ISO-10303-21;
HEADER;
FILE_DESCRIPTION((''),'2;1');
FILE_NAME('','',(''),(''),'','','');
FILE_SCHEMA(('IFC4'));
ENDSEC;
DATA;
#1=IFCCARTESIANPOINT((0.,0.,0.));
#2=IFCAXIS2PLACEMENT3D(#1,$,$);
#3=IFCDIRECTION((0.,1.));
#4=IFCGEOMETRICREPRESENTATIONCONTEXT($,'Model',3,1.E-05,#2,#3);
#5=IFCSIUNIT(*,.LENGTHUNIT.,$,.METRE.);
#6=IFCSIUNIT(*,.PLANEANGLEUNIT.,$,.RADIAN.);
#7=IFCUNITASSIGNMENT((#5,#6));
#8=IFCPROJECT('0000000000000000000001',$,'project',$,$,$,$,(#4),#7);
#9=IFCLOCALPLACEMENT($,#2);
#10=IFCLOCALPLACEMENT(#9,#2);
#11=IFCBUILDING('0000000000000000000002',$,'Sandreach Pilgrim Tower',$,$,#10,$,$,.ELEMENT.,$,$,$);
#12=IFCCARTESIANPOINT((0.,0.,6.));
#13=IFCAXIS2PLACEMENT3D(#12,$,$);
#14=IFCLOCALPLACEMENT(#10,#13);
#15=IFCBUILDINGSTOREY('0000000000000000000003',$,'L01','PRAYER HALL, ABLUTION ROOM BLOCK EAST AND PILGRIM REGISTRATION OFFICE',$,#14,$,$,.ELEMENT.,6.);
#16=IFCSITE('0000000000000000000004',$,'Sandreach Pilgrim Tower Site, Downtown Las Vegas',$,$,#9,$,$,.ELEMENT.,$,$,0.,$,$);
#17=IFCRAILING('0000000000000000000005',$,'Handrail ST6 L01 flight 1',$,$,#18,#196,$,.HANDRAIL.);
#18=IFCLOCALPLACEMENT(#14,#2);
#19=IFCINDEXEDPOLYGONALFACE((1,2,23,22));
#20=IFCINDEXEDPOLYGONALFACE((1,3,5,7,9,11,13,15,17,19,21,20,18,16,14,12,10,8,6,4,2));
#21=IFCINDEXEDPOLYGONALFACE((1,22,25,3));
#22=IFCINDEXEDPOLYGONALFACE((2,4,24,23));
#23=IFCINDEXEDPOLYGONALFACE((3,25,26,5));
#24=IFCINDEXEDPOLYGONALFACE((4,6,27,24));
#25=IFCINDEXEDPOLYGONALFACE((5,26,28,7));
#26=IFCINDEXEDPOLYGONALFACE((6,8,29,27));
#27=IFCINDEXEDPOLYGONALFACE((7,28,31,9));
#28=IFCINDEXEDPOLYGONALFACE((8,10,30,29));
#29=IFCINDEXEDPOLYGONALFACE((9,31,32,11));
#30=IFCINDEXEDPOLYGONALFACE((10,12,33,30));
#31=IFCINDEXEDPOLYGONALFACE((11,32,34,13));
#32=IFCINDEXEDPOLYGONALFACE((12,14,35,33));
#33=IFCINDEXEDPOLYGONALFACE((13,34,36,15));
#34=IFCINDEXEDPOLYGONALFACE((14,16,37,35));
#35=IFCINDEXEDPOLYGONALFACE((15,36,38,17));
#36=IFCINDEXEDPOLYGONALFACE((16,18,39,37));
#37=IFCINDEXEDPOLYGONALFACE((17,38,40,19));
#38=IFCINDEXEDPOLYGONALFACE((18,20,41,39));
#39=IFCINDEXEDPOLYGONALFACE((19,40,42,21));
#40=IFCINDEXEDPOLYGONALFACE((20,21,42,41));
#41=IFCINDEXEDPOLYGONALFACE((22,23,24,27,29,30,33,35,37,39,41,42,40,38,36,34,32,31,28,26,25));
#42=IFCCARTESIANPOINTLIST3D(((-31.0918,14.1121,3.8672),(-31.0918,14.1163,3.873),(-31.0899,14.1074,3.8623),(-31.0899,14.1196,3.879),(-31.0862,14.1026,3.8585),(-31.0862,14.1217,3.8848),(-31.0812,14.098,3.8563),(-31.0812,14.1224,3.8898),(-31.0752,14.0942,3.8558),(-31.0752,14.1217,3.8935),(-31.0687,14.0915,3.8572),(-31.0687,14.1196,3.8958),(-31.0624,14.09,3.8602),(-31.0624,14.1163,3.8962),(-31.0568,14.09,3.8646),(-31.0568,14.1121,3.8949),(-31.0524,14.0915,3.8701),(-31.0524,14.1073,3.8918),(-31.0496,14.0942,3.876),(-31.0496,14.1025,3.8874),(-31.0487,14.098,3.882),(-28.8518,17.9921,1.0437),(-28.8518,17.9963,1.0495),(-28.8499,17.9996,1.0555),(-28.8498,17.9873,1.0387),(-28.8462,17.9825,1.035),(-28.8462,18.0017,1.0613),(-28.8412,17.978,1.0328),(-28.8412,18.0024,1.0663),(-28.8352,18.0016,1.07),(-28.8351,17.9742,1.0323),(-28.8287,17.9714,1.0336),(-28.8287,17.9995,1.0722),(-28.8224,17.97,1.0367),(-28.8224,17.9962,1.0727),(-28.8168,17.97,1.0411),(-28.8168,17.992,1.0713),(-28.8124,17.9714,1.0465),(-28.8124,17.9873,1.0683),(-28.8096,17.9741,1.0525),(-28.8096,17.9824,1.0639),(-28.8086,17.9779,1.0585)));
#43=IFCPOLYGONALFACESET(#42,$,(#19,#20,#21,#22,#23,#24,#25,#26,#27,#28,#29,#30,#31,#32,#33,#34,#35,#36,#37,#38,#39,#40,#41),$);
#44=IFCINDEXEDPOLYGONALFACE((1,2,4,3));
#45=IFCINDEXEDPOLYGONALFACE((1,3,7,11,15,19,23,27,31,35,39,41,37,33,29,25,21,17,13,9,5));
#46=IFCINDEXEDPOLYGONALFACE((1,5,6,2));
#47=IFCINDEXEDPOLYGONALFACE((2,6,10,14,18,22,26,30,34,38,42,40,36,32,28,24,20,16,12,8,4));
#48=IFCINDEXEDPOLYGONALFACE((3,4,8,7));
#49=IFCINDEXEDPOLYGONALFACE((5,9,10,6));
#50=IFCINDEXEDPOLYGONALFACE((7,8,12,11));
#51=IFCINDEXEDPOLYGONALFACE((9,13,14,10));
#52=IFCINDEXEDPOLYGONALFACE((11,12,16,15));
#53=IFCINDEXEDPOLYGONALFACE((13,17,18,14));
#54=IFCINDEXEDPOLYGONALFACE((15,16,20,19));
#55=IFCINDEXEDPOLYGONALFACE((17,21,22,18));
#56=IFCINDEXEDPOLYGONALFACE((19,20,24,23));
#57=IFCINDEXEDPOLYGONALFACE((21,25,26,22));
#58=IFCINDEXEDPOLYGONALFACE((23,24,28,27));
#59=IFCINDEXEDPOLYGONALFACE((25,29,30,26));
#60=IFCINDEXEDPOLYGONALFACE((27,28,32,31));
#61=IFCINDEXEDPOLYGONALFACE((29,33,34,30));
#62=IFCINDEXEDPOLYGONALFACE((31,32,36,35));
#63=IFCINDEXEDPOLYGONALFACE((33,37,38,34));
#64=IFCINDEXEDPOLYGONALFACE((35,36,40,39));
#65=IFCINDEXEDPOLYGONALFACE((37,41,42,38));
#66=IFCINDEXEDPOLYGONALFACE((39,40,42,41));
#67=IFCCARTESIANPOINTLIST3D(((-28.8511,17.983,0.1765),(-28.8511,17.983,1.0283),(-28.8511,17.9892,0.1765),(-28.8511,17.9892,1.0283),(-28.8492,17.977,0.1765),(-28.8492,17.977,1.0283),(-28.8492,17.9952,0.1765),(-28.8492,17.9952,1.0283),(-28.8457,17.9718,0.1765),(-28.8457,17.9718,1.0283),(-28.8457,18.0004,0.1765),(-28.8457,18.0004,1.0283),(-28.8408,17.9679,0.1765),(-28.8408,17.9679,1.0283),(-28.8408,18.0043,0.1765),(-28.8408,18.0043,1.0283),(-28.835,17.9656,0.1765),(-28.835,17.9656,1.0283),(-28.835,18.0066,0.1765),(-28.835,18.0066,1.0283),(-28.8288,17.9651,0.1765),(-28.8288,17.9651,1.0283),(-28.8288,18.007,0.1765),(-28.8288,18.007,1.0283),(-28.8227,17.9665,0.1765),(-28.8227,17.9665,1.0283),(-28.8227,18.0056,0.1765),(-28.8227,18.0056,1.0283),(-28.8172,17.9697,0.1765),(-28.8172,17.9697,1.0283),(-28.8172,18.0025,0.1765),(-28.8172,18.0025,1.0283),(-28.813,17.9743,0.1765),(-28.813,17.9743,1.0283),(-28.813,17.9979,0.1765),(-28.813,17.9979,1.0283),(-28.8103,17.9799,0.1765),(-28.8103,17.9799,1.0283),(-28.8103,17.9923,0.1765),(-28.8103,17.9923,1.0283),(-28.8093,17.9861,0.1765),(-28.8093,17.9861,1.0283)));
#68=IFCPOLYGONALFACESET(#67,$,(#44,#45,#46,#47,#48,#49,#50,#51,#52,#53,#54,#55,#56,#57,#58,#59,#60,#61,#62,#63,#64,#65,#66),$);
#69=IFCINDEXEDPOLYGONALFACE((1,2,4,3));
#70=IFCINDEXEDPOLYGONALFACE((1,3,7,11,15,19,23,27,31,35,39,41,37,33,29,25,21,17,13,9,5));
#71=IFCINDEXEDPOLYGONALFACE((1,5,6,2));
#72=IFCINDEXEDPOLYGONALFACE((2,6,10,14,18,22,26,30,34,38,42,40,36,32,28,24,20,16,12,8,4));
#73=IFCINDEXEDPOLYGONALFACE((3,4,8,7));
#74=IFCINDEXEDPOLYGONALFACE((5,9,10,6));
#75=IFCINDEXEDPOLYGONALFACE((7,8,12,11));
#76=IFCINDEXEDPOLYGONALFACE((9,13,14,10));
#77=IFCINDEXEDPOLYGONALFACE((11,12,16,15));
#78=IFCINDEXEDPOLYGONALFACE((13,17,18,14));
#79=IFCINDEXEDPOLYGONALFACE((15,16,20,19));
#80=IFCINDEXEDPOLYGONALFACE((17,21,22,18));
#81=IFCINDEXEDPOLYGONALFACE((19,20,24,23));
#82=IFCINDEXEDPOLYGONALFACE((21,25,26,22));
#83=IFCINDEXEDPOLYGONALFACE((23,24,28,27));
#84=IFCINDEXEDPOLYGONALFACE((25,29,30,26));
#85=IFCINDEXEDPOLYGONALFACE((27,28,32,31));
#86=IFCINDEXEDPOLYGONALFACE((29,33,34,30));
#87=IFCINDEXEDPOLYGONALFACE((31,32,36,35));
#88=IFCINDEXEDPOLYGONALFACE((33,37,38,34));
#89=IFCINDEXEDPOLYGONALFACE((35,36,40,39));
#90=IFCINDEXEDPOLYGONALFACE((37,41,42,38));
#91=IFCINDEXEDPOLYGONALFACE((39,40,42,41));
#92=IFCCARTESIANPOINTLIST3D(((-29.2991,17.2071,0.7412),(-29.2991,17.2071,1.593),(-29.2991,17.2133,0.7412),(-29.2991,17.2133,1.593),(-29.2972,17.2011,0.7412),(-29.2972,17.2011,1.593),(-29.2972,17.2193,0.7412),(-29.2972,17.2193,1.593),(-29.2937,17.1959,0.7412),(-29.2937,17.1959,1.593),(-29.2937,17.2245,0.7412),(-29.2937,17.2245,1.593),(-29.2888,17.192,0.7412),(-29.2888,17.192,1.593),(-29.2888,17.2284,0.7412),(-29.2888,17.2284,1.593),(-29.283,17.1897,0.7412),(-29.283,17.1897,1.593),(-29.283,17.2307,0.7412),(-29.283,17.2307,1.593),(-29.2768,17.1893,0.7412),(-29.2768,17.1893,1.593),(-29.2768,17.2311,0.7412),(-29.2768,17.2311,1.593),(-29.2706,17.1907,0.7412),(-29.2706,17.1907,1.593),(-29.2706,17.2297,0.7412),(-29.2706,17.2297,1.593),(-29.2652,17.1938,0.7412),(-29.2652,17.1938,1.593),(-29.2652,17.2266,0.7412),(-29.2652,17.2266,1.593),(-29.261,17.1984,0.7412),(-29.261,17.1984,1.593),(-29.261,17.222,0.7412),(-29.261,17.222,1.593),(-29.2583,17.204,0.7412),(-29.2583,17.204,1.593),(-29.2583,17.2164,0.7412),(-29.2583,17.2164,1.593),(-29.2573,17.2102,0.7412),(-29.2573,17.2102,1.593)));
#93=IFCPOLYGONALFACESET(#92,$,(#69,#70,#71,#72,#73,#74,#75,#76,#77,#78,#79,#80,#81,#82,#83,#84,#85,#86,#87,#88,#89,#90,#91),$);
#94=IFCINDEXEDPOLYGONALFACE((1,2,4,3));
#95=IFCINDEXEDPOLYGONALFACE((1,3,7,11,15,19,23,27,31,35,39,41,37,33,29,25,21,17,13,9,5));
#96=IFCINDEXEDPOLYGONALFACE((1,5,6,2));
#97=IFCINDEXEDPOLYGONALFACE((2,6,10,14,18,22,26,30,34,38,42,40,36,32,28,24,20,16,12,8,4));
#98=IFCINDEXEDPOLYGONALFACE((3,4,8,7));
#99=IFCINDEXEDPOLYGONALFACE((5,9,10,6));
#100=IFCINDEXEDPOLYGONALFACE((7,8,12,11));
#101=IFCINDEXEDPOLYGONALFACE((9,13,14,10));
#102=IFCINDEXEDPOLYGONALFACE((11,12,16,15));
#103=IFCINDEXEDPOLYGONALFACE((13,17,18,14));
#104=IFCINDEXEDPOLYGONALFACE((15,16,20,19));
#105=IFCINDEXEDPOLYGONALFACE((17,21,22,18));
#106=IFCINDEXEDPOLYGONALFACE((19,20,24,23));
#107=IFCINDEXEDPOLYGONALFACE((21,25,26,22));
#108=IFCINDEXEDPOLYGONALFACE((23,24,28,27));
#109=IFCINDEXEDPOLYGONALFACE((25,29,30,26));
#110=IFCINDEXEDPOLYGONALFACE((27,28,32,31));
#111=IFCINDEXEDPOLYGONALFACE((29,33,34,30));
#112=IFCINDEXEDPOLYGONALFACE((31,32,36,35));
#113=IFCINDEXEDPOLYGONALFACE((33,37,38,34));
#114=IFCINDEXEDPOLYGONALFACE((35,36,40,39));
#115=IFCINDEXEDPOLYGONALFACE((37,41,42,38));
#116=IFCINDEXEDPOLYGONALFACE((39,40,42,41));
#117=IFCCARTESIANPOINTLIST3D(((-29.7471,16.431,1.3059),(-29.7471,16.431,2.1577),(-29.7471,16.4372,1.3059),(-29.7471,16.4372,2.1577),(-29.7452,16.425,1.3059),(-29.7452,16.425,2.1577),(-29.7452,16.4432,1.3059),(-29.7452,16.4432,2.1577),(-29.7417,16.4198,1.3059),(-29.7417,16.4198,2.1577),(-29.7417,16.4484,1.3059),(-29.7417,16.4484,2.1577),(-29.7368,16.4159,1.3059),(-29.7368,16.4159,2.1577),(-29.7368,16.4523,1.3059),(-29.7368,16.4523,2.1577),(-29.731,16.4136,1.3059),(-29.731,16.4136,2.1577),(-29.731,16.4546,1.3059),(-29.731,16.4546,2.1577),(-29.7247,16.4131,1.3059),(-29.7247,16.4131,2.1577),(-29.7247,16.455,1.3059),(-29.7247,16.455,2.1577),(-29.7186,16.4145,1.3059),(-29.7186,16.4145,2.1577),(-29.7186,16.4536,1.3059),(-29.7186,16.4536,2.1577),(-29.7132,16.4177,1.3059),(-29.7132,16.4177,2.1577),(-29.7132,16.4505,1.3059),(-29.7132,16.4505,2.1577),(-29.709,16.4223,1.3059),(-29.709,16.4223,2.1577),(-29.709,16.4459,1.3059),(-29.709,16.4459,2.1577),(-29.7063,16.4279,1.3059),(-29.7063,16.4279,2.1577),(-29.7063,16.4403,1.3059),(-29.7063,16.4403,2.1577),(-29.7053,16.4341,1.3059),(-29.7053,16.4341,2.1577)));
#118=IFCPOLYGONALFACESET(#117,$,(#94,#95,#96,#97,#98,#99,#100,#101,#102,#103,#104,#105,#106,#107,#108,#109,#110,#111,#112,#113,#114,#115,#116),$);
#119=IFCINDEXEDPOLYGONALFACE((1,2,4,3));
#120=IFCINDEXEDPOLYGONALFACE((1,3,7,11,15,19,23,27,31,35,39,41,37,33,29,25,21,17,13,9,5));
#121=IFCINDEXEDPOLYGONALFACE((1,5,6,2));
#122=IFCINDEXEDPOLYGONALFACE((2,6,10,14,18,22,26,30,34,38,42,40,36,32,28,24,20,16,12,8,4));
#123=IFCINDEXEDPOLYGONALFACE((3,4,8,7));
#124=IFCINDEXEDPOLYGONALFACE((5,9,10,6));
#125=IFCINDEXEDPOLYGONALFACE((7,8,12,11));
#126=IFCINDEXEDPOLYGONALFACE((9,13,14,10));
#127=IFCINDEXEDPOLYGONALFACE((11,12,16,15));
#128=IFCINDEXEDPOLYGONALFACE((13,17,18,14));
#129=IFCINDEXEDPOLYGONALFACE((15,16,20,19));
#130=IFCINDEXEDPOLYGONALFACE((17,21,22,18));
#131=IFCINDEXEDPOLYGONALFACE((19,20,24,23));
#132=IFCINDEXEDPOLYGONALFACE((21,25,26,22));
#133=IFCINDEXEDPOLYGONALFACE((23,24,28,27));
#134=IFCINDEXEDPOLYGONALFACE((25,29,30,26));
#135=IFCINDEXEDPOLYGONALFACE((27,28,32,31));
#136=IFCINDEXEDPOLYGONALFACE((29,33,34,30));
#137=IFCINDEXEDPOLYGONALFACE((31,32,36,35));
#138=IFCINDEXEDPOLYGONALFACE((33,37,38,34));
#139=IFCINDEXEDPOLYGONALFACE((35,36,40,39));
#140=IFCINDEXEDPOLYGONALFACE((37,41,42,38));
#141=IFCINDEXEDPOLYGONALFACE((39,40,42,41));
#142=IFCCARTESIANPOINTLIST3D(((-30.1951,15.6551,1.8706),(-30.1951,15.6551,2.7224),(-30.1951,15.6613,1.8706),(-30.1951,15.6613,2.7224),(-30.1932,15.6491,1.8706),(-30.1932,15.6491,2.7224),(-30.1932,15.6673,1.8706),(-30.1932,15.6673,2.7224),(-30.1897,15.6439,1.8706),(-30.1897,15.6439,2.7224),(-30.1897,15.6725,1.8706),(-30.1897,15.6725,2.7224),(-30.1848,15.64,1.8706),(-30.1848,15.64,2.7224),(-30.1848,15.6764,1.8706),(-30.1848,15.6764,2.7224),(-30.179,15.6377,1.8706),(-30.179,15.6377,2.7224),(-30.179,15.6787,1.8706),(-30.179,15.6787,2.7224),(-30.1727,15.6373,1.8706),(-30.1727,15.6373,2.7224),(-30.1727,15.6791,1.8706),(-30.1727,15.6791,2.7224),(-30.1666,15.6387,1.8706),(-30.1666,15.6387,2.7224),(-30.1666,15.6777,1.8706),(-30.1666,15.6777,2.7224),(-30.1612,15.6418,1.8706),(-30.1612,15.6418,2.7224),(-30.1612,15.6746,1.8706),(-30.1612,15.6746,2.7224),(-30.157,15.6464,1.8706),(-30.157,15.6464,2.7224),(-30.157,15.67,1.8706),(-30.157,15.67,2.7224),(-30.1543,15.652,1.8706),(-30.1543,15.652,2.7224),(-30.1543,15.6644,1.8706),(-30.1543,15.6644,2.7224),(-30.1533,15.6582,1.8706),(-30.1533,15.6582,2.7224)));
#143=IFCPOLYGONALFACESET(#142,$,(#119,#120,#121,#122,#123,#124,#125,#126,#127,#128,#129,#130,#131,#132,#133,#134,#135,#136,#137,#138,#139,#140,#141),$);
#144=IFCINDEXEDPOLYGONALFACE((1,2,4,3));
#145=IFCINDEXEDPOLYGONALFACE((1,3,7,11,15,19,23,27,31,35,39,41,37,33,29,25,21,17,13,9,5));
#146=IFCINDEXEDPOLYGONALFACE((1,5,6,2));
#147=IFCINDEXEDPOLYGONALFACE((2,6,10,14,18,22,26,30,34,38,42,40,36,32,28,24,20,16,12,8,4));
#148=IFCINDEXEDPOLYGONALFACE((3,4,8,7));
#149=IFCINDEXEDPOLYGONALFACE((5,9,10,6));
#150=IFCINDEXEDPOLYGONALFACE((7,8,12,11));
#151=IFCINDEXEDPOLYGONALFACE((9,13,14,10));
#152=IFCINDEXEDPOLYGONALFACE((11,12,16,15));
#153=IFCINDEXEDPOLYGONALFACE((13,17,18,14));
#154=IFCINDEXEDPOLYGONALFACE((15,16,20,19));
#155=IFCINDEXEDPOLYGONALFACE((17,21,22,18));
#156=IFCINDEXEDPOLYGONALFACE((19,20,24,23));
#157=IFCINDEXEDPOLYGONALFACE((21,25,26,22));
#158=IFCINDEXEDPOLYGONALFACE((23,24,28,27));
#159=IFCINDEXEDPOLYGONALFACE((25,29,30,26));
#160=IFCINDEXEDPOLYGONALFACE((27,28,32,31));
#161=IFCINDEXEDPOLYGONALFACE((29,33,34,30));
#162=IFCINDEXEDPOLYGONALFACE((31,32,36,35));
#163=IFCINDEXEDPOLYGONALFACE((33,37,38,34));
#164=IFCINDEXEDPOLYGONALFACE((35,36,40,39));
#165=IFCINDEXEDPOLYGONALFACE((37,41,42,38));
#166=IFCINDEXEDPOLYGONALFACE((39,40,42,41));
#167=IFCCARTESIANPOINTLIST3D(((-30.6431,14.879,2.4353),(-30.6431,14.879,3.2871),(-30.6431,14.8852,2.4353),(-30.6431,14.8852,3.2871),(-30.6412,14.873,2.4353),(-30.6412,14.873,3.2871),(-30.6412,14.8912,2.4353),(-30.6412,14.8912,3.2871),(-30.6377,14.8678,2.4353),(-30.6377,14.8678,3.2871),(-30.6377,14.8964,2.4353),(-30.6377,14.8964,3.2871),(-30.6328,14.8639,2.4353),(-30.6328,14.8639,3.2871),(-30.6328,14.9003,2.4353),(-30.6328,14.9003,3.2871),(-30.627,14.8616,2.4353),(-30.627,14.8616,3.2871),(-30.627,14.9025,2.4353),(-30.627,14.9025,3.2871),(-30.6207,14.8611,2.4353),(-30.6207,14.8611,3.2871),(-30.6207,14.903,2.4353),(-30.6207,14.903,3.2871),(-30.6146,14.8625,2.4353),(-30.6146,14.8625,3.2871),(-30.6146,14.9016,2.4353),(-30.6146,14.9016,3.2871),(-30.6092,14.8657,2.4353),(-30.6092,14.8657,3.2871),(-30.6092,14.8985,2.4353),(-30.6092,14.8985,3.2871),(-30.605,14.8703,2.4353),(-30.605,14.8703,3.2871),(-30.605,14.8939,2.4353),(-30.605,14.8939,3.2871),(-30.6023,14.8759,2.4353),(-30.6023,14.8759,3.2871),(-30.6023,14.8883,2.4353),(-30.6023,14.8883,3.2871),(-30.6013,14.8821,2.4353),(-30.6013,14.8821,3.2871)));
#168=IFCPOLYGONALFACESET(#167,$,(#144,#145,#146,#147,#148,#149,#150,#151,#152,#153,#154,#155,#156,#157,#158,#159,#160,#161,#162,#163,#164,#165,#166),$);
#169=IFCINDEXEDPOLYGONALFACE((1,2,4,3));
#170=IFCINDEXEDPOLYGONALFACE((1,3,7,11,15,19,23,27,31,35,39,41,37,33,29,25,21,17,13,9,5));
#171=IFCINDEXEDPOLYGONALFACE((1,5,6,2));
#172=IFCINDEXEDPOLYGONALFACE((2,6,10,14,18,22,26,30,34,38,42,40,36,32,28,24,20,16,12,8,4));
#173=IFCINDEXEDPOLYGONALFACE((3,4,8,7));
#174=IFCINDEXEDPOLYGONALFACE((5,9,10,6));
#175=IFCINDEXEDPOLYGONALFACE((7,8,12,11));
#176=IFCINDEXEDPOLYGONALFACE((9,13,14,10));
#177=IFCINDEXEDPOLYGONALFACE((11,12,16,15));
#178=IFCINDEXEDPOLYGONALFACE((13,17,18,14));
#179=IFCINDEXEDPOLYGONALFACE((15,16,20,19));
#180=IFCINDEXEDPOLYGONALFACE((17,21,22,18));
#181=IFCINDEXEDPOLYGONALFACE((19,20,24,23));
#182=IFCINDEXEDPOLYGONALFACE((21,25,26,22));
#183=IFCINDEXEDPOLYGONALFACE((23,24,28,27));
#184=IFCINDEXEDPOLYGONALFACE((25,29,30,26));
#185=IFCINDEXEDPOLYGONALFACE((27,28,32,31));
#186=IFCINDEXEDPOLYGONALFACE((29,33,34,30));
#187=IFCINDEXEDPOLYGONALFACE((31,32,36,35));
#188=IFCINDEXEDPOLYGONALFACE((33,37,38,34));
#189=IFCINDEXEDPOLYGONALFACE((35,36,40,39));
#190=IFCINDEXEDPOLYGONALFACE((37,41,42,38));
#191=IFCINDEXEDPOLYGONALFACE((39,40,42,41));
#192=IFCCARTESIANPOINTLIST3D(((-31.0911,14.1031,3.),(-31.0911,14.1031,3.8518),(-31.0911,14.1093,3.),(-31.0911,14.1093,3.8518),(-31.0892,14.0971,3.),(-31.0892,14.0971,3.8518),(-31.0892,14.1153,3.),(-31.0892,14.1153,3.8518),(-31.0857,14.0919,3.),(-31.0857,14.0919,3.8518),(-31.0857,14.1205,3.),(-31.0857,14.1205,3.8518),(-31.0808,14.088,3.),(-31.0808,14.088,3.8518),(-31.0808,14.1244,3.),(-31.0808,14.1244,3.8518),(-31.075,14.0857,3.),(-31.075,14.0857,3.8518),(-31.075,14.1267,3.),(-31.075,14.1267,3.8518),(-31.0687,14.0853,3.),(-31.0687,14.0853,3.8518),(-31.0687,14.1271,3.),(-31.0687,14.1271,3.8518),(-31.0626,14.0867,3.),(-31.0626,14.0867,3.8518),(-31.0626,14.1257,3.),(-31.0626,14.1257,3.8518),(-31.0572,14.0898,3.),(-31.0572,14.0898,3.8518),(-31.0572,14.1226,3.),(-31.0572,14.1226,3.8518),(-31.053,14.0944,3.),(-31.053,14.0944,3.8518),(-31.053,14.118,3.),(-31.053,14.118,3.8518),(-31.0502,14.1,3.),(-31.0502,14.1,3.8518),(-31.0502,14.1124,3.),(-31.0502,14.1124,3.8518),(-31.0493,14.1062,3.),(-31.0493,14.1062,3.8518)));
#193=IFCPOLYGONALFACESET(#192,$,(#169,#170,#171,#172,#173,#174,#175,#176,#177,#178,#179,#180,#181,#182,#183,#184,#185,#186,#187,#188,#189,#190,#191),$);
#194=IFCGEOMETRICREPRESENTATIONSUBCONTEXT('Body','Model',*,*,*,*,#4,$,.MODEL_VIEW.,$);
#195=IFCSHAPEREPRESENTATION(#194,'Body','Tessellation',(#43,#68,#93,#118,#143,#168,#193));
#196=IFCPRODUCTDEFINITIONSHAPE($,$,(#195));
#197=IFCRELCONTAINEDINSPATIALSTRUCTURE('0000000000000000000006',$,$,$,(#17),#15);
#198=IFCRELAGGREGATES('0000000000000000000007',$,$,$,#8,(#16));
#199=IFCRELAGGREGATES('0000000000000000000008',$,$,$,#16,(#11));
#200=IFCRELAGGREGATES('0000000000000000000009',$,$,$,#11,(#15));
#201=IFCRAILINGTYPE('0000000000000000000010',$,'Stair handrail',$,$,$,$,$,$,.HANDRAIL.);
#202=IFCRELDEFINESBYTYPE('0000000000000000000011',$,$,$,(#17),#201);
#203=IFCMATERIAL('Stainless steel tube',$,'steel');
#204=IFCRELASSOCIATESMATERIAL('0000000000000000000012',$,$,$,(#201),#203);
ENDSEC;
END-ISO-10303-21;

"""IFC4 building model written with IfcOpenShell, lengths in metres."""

from ifc_helpers import new_model, si_unit, direction, frame, origin, origin_2d, place, context, subcontext, project, spatial, circle, extrude, material, type_object, element, save


model = new_model("IFC4")

# Units and contexts
model_context = context("Model", 3, precision=1e-05, world=origin(), true_north=direction((0.0, 1.0)))
body_context = subcontext(model_context, "Body", "Model", "MODEL_VIEW")
ifc_project = project(units=[si_unit("LENGTHUNIT", "METRE"), si_unit("PLANEANGLEUNIT", "RADIAN")], contexts=[model_context])

# Site, building, storey
site_placement = place(None, origin())
site = spatial("IfcSite", under=ifc_project, at=site_placement, Name="Sandreach Pilgrim Tower Site, Downtown Las Vegas", CompositionType="ELEMENT", RefElevation=0.0)
building_placement = place(site_placement, origin())
building = spatial("IfcBuilding", under=site, at=building_placement, Name="Sandreach Pilgrim Tower", CompositionType="ELEMENT")
storey_placement = place(building_placement, frame((0.0, 0.0, 6.0)))
storey = spatial("IfcBuildingStorey", under=building, at=storey_placement, Name="L01", Description="PRAYER HALL, ABLUTION ROOM BLOCK EAST AND PILGRIM REGISTRATION OFFICE", CompositionType="ELEMENT", Elevation=6.0)

# Railing
ifc_material_1 = material(Name="Stainless steel tube", Category="steel")
railing_type = type_object("IfcRailingType", Name="Stair handrail", PredefinedType="HANDRAIL", material=ifc_material_1)
for number, where, name in (
    (1, (-28.8303, 17.9861, 0.1765), "Handrail ST6 L01 flight 1"),
):
    element("IfcRailing", number, at=place(storey_placement, frame(where)), inside=storey, type_object=railing_type, Name=name, PredefinedType="HANDRAIL", context=body_context, shape_type="SweptSolid", body=[
        extrude(circle(Radius=0.0239, at=origin_2d()), frame((0.0, 0.0, 0.876), z_axis=(-0.422993, -0.732665, 0.533178), x_axis=(0.866031, -0.49999, 0.0)), (0.0, 0.0, 1.0), 5.2957),
        extrude(circle(Radius=0.021, at=origin_2d()), origin(), (0.0, 0.0, 1.0), 0.8518),
        extrude(circle(Radius=0.021, at=origin_2d()), frame((-0.448, -0.7759, 0.5647)), (0.0, 0.0, 1.0), 0.8518),
        extrude(circle(Radius=0.021, at=origin_2d()), frame((-0.896, -1.552, 1.1294)), (0.0, 0.0, 1.0), 0.8518),
        extrude(circle(Radius=0.021, at=origin_2d()), frame((-1.344, -2.3279, 1.6941)), (0.0, 0.0, 1.0), 0.8518),
        extrude(circle(Radius=0.021, at=origin_2d()), frame((-1.792, -3.104, 2.2588)), (0.0, 0.0, 1.0), 0.8518),
        extrude(circle(Radius=0.021, at=origin_2d()), frame((-2.24, -3.8799, 2.8235)), (0.0, 0.0, 1.0), 0.8518),
    ])

save(model, "model.ifc")
